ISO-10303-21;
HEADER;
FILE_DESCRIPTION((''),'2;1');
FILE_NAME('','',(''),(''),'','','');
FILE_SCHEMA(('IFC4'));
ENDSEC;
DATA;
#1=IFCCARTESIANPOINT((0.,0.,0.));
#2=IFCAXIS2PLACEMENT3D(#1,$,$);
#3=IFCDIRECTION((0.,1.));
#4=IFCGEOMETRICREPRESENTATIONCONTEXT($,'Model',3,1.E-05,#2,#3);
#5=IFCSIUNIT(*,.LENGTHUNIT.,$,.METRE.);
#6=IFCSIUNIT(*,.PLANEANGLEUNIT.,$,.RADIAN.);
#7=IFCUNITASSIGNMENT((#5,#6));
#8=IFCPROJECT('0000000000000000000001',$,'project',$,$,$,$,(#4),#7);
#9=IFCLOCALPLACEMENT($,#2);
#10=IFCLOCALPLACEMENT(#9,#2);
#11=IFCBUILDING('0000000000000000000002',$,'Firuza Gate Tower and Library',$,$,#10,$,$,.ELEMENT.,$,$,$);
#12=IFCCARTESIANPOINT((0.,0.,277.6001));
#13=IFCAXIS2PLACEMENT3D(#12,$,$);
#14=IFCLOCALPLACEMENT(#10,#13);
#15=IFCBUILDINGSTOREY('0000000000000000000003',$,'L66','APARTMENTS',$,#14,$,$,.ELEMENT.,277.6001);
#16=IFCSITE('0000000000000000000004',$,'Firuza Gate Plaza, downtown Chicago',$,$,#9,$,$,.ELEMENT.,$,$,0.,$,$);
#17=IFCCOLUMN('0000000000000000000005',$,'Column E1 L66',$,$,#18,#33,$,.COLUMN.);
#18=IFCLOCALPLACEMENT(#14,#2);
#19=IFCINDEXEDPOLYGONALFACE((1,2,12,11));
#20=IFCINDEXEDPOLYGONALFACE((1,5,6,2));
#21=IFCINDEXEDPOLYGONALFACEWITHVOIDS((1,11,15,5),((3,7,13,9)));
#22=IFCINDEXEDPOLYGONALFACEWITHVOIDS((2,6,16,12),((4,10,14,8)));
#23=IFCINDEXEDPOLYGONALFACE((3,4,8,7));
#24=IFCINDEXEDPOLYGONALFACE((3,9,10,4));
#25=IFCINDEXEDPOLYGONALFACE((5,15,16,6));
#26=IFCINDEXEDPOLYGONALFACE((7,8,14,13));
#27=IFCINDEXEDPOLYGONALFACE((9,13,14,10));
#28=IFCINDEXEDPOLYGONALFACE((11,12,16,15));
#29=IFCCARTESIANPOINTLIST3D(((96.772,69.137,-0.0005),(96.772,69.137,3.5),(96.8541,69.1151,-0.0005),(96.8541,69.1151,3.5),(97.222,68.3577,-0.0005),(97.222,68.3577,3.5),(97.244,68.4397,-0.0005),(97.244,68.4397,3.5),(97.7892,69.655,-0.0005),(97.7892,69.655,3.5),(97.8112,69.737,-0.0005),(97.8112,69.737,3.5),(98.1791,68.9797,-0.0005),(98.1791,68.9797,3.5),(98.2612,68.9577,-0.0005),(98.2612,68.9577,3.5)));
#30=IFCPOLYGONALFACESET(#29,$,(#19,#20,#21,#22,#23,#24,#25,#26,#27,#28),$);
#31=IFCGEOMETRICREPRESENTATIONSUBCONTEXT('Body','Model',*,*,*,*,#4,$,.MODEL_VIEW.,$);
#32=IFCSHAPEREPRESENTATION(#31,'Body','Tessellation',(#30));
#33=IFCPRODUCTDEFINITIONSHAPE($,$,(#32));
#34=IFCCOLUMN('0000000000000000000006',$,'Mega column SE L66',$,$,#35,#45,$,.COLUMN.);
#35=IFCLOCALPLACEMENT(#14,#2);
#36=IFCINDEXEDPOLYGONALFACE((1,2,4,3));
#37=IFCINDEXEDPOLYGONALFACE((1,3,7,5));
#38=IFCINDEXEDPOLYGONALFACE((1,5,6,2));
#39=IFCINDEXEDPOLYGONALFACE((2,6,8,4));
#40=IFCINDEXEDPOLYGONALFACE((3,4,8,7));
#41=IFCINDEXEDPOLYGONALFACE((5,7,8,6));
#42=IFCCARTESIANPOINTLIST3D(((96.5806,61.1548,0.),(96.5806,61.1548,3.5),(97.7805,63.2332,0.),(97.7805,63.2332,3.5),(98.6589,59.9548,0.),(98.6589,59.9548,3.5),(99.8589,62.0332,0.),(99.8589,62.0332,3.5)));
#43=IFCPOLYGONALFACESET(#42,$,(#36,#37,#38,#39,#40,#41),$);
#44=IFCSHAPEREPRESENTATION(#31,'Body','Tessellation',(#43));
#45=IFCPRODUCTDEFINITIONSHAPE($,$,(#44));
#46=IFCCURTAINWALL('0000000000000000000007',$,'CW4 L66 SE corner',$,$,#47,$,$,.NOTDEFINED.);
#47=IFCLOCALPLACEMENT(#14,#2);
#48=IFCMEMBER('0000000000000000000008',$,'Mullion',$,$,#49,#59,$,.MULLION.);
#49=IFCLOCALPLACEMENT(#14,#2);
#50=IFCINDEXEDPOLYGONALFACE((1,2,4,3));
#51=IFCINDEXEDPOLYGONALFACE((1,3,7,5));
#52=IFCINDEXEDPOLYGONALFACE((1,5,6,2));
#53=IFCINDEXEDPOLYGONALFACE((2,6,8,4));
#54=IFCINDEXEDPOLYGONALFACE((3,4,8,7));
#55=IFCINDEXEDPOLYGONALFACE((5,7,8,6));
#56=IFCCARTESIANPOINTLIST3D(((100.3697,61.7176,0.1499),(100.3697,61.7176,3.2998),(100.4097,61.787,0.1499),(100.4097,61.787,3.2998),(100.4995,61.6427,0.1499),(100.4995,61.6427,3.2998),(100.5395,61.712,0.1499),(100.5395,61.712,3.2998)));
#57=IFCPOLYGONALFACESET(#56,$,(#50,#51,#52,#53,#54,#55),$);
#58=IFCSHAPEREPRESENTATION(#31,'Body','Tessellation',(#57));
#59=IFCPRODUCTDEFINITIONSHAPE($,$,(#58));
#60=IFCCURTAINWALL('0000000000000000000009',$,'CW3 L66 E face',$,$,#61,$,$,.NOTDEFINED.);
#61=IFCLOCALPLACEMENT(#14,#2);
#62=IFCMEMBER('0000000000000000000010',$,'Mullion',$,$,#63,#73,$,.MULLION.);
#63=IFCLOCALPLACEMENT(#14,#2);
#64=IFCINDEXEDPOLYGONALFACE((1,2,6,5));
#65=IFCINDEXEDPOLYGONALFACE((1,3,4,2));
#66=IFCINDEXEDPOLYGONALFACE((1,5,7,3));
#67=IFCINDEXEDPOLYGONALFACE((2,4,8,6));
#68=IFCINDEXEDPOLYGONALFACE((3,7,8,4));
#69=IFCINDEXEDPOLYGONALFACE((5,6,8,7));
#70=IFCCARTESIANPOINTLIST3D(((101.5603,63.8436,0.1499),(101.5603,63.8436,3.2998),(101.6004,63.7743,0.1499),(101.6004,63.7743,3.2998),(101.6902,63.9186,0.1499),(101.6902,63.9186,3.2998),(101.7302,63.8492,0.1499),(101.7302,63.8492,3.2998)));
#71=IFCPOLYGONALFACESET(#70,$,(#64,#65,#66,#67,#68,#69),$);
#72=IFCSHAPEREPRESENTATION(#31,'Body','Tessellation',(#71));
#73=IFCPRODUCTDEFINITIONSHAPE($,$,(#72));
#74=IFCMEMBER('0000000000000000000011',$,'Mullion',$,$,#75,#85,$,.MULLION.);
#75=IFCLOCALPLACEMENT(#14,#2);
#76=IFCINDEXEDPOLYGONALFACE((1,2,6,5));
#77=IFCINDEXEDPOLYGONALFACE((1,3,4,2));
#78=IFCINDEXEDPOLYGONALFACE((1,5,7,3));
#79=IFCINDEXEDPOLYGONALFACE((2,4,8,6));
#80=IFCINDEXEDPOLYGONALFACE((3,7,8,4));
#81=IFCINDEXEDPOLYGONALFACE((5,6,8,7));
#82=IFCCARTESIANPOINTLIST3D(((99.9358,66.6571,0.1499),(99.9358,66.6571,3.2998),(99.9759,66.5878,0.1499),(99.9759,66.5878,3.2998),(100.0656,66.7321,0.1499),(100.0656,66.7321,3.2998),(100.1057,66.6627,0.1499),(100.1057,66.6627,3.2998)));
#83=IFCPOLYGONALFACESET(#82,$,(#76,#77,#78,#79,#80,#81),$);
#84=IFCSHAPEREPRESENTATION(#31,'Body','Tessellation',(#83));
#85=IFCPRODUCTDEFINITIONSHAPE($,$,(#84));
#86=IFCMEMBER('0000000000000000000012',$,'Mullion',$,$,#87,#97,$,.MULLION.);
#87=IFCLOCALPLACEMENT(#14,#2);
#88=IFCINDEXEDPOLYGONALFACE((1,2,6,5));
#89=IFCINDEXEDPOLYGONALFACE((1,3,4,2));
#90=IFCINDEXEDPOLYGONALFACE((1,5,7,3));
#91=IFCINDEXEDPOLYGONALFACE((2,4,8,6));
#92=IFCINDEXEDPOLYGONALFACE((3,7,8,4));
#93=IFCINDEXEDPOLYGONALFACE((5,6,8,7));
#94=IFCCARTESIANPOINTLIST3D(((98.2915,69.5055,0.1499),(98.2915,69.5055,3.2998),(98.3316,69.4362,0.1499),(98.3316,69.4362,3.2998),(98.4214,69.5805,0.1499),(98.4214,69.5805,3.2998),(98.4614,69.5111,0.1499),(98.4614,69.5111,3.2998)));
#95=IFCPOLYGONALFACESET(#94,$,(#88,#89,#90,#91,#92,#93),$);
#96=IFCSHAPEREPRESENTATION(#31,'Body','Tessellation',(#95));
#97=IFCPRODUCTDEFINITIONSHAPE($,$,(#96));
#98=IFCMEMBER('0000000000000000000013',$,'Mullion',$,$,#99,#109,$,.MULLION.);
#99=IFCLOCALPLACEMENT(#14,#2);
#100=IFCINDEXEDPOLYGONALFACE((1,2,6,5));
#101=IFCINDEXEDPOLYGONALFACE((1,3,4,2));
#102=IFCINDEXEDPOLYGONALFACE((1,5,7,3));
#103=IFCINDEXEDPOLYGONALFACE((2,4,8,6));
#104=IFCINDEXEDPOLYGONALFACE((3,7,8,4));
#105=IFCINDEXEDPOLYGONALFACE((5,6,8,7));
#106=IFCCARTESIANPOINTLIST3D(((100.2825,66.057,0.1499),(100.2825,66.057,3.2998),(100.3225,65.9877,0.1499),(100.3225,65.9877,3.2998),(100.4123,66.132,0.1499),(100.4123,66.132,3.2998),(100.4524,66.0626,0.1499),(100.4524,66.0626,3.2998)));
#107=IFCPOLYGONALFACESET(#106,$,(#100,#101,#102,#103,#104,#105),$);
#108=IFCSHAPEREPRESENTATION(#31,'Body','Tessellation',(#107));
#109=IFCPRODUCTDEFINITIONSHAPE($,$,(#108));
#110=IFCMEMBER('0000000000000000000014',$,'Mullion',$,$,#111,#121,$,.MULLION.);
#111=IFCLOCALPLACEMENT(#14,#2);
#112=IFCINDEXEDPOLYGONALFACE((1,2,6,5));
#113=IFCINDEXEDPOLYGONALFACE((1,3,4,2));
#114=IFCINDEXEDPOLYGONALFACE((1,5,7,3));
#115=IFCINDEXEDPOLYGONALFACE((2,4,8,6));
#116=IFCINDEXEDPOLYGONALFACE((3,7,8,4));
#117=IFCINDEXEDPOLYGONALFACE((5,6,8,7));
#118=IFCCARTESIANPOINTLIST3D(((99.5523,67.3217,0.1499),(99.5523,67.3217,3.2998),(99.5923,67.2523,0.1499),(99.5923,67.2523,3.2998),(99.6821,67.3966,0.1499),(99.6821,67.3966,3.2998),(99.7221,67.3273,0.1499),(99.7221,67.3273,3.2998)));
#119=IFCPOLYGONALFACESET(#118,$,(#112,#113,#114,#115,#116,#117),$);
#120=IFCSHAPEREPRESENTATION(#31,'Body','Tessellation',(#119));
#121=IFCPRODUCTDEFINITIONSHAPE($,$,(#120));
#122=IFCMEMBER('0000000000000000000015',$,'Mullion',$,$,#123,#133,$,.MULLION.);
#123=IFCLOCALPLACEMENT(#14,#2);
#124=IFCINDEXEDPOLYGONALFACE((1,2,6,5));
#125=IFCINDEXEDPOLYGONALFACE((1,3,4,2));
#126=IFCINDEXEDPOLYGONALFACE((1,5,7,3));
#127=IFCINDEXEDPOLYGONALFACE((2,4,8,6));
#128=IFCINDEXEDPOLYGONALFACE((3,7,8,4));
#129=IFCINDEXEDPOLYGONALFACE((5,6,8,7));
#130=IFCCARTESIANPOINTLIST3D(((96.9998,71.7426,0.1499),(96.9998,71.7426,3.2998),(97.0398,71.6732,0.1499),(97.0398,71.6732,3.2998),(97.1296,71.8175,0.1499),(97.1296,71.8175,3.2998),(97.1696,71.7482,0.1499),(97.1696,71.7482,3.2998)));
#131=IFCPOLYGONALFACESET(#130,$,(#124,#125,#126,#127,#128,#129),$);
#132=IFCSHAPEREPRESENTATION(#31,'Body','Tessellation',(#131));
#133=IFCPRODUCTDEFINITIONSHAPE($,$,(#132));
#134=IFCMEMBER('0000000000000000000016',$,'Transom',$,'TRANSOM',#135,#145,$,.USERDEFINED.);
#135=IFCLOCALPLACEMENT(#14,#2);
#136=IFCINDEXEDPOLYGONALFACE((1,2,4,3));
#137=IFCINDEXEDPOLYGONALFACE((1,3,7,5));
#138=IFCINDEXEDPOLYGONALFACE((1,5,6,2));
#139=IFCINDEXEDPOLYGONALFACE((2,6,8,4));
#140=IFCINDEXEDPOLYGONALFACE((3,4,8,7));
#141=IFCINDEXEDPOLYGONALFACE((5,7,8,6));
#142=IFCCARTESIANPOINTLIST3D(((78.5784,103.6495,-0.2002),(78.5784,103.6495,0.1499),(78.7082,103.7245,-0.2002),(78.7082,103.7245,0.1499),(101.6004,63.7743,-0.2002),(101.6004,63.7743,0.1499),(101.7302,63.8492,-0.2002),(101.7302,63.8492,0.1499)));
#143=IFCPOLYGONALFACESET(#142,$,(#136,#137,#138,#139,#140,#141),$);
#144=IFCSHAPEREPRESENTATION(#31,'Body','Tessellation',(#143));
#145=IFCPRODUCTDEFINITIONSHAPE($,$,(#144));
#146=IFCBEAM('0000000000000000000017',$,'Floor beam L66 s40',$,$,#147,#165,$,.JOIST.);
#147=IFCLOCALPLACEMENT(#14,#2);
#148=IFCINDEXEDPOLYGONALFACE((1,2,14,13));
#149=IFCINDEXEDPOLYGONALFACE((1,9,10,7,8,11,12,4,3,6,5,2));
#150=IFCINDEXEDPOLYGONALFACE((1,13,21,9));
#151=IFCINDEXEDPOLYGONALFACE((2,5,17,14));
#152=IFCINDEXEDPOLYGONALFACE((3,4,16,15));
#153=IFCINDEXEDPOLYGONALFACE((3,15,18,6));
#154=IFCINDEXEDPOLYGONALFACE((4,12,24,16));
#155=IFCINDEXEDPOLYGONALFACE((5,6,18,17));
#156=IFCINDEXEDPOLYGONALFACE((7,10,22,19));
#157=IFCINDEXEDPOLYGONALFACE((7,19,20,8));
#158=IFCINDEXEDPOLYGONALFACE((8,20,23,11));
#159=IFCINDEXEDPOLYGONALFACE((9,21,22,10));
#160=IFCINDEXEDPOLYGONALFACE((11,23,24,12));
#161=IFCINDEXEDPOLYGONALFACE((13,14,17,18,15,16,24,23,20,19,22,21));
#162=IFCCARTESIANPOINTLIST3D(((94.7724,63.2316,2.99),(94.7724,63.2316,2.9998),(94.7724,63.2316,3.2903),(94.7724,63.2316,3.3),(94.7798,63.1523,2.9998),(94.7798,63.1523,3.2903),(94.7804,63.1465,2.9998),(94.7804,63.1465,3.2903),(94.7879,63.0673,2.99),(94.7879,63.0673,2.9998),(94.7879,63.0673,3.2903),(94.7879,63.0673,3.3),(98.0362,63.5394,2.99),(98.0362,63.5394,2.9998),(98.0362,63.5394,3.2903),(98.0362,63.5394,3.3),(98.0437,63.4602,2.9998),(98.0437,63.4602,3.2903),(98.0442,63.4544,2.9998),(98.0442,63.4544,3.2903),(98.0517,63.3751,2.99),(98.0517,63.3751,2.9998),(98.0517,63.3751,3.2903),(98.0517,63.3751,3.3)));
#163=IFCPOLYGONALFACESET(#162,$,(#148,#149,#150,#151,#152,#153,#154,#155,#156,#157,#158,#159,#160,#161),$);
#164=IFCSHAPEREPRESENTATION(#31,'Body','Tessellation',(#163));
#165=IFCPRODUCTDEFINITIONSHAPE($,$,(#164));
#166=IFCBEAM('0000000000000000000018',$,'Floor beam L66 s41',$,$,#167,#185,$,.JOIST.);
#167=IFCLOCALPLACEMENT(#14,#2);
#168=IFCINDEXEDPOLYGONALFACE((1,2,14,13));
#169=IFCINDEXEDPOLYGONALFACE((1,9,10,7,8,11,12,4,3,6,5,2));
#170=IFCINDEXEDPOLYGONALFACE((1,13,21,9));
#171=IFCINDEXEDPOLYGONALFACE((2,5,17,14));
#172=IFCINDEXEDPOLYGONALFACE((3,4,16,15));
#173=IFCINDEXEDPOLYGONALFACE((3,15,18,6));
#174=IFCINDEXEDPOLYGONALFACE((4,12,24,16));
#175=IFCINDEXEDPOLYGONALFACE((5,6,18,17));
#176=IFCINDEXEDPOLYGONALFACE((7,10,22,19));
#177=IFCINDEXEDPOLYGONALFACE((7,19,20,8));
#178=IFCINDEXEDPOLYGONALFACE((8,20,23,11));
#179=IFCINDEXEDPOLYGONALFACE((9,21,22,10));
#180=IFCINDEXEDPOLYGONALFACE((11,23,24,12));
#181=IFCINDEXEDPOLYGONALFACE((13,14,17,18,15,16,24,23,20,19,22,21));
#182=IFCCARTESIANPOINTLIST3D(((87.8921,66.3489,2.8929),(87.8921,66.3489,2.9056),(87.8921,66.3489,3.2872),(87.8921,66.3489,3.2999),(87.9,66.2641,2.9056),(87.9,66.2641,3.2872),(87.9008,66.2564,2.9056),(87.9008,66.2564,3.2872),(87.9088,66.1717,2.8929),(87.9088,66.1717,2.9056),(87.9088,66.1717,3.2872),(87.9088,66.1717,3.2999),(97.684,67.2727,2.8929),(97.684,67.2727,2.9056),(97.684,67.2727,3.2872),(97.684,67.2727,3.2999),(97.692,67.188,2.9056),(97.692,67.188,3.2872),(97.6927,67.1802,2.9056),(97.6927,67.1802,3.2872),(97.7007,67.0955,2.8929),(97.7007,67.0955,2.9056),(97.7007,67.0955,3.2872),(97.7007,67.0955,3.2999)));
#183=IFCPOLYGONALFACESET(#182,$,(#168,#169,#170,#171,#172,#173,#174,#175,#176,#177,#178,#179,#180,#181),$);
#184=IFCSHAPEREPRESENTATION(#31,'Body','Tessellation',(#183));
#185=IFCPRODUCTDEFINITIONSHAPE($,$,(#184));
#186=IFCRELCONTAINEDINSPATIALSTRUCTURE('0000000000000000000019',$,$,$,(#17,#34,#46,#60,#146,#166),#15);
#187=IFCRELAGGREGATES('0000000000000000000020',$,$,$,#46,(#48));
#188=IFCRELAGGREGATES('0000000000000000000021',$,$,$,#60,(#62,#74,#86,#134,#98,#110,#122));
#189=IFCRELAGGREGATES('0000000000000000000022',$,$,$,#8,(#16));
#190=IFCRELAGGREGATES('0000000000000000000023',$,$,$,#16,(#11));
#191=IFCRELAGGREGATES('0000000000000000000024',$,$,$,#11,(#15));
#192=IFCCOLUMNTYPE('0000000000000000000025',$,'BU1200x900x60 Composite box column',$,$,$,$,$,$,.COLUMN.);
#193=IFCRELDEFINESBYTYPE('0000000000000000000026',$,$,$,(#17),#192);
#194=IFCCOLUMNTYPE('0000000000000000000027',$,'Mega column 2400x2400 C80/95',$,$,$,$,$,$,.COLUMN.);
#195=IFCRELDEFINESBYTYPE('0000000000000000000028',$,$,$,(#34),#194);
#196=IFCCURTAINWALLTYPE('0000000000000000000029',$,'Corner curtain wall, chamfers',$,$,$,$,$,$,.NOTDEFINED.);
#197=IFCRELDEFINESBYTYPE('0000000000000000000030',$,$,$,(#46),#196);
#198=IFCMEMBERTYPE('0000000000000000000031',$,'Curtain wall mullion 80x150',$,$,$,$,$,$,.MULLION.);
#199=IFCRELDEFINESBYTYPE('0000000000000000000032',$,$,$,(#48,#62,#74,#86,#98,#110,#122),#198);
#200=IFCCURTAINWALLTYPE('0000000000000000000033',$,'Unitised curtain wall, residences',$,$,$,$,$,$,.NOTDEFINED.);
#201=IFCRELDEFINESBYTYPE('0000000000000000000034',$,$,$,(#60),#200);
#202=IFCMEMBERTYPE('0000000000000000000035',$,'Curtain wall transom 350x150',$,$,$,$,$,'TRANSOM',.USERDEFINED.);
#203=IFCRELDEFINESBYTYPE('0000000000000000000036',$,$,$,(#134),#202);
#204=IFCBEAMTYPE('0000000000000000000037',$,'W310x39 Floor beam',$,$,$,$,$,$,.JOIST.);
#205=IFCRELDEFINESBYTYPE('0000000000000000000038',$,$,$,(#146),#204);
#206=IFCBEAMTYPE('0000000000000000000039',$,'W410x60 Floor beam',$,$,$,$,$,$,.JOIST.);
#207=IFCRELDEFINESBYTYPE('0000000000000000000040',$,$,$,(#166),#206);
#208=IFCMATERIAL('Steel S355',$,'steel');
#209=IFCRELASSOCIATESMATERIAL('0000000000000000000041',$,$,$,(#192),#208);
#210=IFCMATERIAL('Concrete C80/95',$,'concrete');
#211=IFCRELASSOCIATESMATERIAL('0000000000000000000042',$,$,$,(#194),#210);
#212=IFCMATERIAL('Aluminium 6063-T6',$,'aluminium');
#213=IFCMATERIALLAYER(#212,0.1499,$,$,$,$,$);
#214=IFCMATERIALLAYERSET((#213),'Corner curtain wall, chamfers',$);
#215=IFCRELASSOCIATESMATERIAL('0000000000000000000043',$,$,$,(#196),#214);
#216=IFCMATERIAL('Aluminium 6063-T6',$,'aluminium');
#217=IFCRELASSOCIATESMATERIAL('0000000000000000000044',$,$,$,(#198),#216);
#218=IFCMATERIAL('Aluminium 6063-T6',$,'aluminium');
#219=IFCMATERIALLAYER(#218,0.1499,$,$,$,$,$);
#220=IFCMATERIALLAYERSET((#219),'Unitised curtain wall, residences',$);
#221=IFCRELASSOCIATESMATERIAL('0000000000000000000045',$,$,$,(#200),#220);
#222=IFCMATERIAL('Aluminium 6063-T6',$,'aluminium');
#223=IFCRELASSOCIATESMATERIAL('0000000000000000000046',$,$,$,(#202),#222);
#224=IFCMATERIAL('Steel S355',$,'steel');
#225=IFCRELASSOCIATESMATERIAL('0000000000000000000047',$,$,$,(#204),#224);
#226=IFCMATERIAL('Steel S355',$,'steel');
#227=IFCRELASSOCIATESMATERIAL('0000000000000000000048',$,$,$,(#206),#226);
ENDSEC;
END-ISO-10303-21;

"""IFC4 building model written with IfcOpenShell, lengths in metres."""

from ifc_helpers import new_model, si_unit, direction, frame, origin, origin_2d, place, context, subcontext, project, spatial, rectangle, hollow_rectangle, i_section, extrude, material, layer, layer_set, material_profile, profile_set, type_object, element, aggregate, save


model = new_model("IFC4")

# Units and contexts
model_context = context("Model", 3, precision=1e-05, world=origin(), true_north=direction((0.0, 1.0)))
body_context = subcontext(model_context, "Body", "Model", "MODEL_VIEW")
ifc_project = project(units=[si_unit("LENGTHUNIT", "METRE"), si_unit("PLANEANGLEUNIT", "RADIAN")], contexts=[model_context])

# Site, building, storey
site_placement = place(None, origin())
site = spatial("IfcSite", under=ifc_project, at=site_placement, Name="Firuza Gate Plaza, downtown Chicago", CompositionType="ELEMENT", RefElevation=0.0)
building_placement = place(site_placement, origin())
building = spatial("IfcBuilding", under=site, at=building_placement, Name="Firuza Gate Tower and Library", CompositionType="ELEMENT")
storey_placement = place(building_placement, frame((0.0, 0.0, 277.6001)))
storey = spatial("IfcBuildingStorey", under=building, at=storey_placement, Name="L66", Description="APARTMENTS", CompositionType="ELEMENT", Elevation=277.6001)

# Columns
ifc_material_1 = material(Name="Steel S355", Category="steel")
ifc_material_profile_1 = material_profile(ifc_material_1, hollow_rectangle(XDim=0.8999, YDim=1.2, WallThickness=0.0601, at=origin_2d()))
ifc_profile_set_1 = profile_set([ifc_material_profile_1], Name="Steel S355")
column_type_1 = type_object("IfcColumnType", Name="BU1200x900x60 Composite box column", PredefinedType="COLUMN", material=ifc_profile_set_1)
column_1_placement = place(storey_placement, frame((97.5166, 69.0474, -0.0005), z_axis=(0.0, 0.0, 1.0), x_axis=(-0.5, 0.866025, 0.0)))
element("IfcColumn", 1, at=column_1_placement, inside=storey, type_object=column_type_1, Name="Column E1 L66", PredefinedType="COLUMN", context=body_context, shape_type="SweptSolid", body=[
    extrude(hollow_rectangle(XDim=0.8999, YDim=1.2, WallThickness=0.0601, at=origin_2d()), origin(), (0.0, 0.0, 1.0), 3.5005),
])
ifc_material_2 = material(Name="Concrete C80/95", Category="concrete")
ifc_material_profile_2 = material_profile(ifc_material_2, rectangle(XDim=2.3999, YDim=2.3999, at=origin_2d()))
ifc_profile_set_2 = profile_set([ifc_material_profile_2], Name="Concrete C80/95")
column_type_2 = type_object("IfcColumnType", Name="Mega column 2400x2400 C80/95", PredefinedType="COLUMN", material=ifc_profile_set_2)
column_2_placement = place(storey_placement, frame((98.2197, 61.594, 0.0), z_axis=(0.0, 0.0, 1.0), x_axis=(0.5, 0.866025, 0.0)))
element("IfcColumn", 2, at=column_2_placement, inside=storey, type_object=column_type_2, Name="Mega column SE L66", PredefinedType="COLUMN", context=body_context, shape_type="SweptSolid", body=[
    extrude(rectangle(XDim=2.3999, YDim=2.3999, at=origin_2d()), origin(), (0.0, 0.0, 1.0), 3.5),
])

# Curtain wall, member
ifc_material_3 = material(Name="Aluminium 6063-T6", Category="aluminium")
ifc_layer_1 = layer(ifc_material_3, 0.1499)
ifc_layer_set_1 = layer_set([ifc_layer_1], Name="Corner curtain wall, chamfers")
curtain_wall_type_1 = type_object("IfcCurtainWallType", Name="Corner curtain wall, chamfers", PredefinedType="NOTDEFINED", material=ifc_layer_set_1)
placement = place(storey_placement, origin())
curtain_wall_1 = element("IfcCurtainWall", 3, at=placement, inside=storey, type_object=curtain_wall_type_1, Name="CW4 L66 SE corner", PredefinedType="NOTDEFINED")
ifc_material_4 = material(Name="Aluminium 6063-T6", Category="aluminium")
ifc_material_profile_3 = material_profile(ifc_material_4, rectangle(XDim=0.1499, YDim=0.0801, at=origin_2d()))
ifc_profile_set_3 = profile_set([ifc_material_profile_3], Name="Aluminium 6063-T6")
member_type_1 = type_object("IfcMemberType", Name="Curtain wall mullion 80x150", PredefinedType="MULLION", material=ifc_profile_set_3)
member_1_placement = place(storey_placement, frame((100.4546, 61.7148, 0.1499), z_axis=(0.0, 0.0, 1.0), x_axis=(-0.866025, 0.5, 0.0)))
member_1 = element("IfcMember", 4, at=member_1_placement, type_object=member_type_1, Name="Mullion", PredefinedType="MULLION", context=body_context, shape_type="SweptSolid", body=[
    extrude(rectangle(XDim=0.1499, YDim=0.0801, at=origin_2d()), origin(), (0.0, 0.0, 1.0), 3.1499),
])

# Curtain wall, members
ifc_material_5 = material(Name="Aluminium 6063-T6", Category="aluminium")
ifc_layer_2 = layer(ifc_material_5, 0.1499)
ifc_layer_set_2 = layer_set([ifc_layer_2], Name="Unitised curtain wall, residences")
curtain_wall_type_2 = type_object("IfcCurtainWallType", Name="Unitised curtain wall, residences", PredefinedType="NOTDEFINED", material=ifc_layer_set_2)
curtain_wall_2 = element("IfcCurtainWall", 5, at=placement, inside=storey, type_object=curtain_wall_type_2, Name="CW3 L66 E face", PredefinedType="NOTDEFINED")
member_2_placement = place(storey_placement, frame((101.6453, 63.8464, 0.1499), z_axis=(0.0, 0.0, 1.0), x_axis=(-0.866025, -0.5, 0.0)))
member_2 = element("IfcMember", 6, at=member_2_placement, type_object=member_type_1, Name="Mullion", PredefinedType="MULLION", context=body_context, shape_type="SweptSolid", body=[
    extrude(rectangle(XDim=0.1499, YDim=0.0801, at=origin_2d()), origin(), (0.0, 0.0, 1.0), 3.1499),
])
member_3_placement = place(storey_placement, frame((100.0208, 66.6599, 0.1499), z_axis=(0.0, 0.0, 1.0), x_axis=(-0.866025, -0.5, 0.0)))
member_3 = element("IfcMember", 7, at=member_3_placement, type_object=member_type_1, Name="Mullion", PredefinedType="MULLION", context=body_context, shape_type="SweptSolid", body=[
    extrude(rectangle(XDim=0.1499, YDim=0.0801, at=origin_2d()), origin(), (0.0, 0.0, 1.0), 3.1499),
])
member_4_placement = place(storey_placement, frame((98.3765, 69.5083, 0.1499), z_axis=(0.0, 0.0, 1.0), x_axis=(-0.866025, -0.5, 0.0)))
member_4 = element("IfcMember", 8, at=member_4_placement, type_object=member_type_1, Name="Mullion", PredefinedType="MULLION", context=body_context, shape_type="SweptSolid", body=[
    extrude(rectangle(XDim=0.1499, YDim=0.0801, at=origin_2d()), origin(), (0.0, 0.0, 1.0), 3.1499),
])
member_5_placement = place(storey_placement, frame((100.3674, 66.0598, 0.1499), z_axis=(0.0, 0.0, 1.0), x_axis=(-0.866025, -0.5, 0.0)))
member_5 = element("IfcMember", 9, at=member_5_placement, type_object=member_type_1, Name="Mullion", PredefinedType="MULLION", context=body_context, shape_type="SweptSolid", body=[
    extrude(rectangle(XDim=0.1499, YDim=0.0801, at=origin_2d()), origin(), (0.0, 0.0, 1.0), 3.1499),
])
member_6_placement = place(storey_placement, frame((99.6372, 67.3245, 0.1499), z_axis=(0.0, 0.0, 1.0), x_axis=(-0.866025, -0.5, 0.0)))
member_6 = element("IfcMember", 10, at=member_6_placement, type_object=member_type_1, Name="Mullion", PredefinedType="MULLION", context=body_context, shape_type="SweptSolid", body=[
    extrude(rectangle(XDim=0.1499, YDim=0.0801, at=origin_2d()), origin(), (0.0, 0.0, 1.0), 3.1499),
])
member_7_placement = place(storey_placement, frame((97.0847, 71.7454, 0.1499), z_axis=(0.0, 0.0, 1.0), x_axis=(-0.866025, -0.5, 0.0)))
member_7 = element("IfcMember", 11, at=member_7_placement, type_object=member_type_1, Name="Mullion", PredefinedType="MULLION", context=body_context, shape_type="SweptSolid", body=[
    extrude(rectangle(XDim=0.1499, YDim=0.0801, at=origin_2d()), origin(), (0.0, 0.0, 1.0), 3.1499),
])
ifc_material_6 = material(Name="Aluminium 6063-T6", Category="aluminium")
ifc_material_profile_4 = material_profile(ifc_material_6, rectangle(XDim=0.1499, YDim=0.3501, at=origin_2d()))
ifc_profile_set_4 = profile_set([ifc_material_profile_4], Name="Aluminium 6063-T6")
member_type_2 = type_object("IfcMemberType", Name="Curtain wall transom 350x150", ElementType="TRANSOM", PredefinedType="USERDEFINED", material=ifc_profile_set_4)
member_8_placement = place(storey_placement, frame((101.6653, 63.8118, -0.0251), z_axis=(-0.5, 0.866026, 0.0), x_axis=(-0.866026, -0.5, 0.0)))
member_8 = element("IfcMember", 12, at=member_8_placement, type_object=member_type_2, Name="Transom", ObjectType="TRANSOM", PredefinedType="USERDEFINED", context=body_context, shape_type="SweptSolid", body=[
    extrude(rectangle(XDim=0.1499, YDim=0.3501, at=origin_2d()), origin(), (0.0, 0.0, 1.0), 46.0439),
])

# Beams
ifc_material_7 = material(Name="Steel S355", Category="steel")
ifc_material_profile_5 = material_profile(ifc_material_7, i_section(OverallWidth=0.165, OverallDepth=0.3101, WebThickness=0.0059, FlangeThickness=0.0098, at=origin_2d()))
ifc_profile_set_5 = profile_set([ifc_material_profile_5], Name="Steel S355")
beam_type_1 = type_object("IfcBeamType", Name="W310x39 Floor beam", PredefinedType="JOIST", material=ifc_profile_set_5)
beam_1_placement = place(storey_placement, frame((98.0439, 63.4573, 3.145), z_axis=(-0.995581, -0.093906, 0.0), x_axis=(0.093906, -0.995581, 0.0)))
element("IfcBeam", 13, at=beam_1_placement, inside=storey, type_object=beam_type_1, Name="Floor beam L66 s40", PredefinedType="JOIST", context=body_context, shape_type="SweptSolid", body=[
    extrude(i_section(OverallWidth=0.165, OverallDepth=0.3101, WebThickness=0.0059, FlangeThickness=0.0098, at=origin_2d()), origin(), (0.0, 0.0, 1.0), 3.2783),
])
ifc_material_8 = material(Name="Steel S355", Category="steel")
ifc_material_profile_6 = material_profile(ifc_material_8, i_section(OverallWidth=0.178, OverallDepth=0.407, WebThickness=0.0078, FlangeThickness=0.0127, at=origin_2d()))
ifc_profile_set_6 = profile_set([ifc_material_profile_6], Name="Steel S355")
beam_type_2 = type_object("IfcBeamType", Name="W410x60 Floor beam", PredefinedType="JOIST", material=ifc_profile_set_6)
beam_2_placement = place(storey_placement, frame((97.6924, 67.1841, 3.0964), z_axis=(-0.995579, -0.093928, 0.0), x_axis=(0.093928, -0.995579, 0.0)))
element("IfcBeam", 14, at=beam_2_placement, inside=storey, type_object=beam_type_2, Name="Floor beam L66 s41", PredefinedType="JOIST", context=body_context, shape_type="SweptSolid", body=[
    extrude(i_section(OverallWidth=0.178, OverallDepth=0.407, WebThickness=0.0078, FlangeThickness=0.0127, at=origin_2d()), origin(), (0.0, 0.0, 1.0), 9.8354),
])

aggregate(curtain_wall_1, [member_1])
aggregate(curtain_wall_2, [member_2, member_3, member_4, member_8, member_5, member_6, member_7])

save(model, "model.ifc")
